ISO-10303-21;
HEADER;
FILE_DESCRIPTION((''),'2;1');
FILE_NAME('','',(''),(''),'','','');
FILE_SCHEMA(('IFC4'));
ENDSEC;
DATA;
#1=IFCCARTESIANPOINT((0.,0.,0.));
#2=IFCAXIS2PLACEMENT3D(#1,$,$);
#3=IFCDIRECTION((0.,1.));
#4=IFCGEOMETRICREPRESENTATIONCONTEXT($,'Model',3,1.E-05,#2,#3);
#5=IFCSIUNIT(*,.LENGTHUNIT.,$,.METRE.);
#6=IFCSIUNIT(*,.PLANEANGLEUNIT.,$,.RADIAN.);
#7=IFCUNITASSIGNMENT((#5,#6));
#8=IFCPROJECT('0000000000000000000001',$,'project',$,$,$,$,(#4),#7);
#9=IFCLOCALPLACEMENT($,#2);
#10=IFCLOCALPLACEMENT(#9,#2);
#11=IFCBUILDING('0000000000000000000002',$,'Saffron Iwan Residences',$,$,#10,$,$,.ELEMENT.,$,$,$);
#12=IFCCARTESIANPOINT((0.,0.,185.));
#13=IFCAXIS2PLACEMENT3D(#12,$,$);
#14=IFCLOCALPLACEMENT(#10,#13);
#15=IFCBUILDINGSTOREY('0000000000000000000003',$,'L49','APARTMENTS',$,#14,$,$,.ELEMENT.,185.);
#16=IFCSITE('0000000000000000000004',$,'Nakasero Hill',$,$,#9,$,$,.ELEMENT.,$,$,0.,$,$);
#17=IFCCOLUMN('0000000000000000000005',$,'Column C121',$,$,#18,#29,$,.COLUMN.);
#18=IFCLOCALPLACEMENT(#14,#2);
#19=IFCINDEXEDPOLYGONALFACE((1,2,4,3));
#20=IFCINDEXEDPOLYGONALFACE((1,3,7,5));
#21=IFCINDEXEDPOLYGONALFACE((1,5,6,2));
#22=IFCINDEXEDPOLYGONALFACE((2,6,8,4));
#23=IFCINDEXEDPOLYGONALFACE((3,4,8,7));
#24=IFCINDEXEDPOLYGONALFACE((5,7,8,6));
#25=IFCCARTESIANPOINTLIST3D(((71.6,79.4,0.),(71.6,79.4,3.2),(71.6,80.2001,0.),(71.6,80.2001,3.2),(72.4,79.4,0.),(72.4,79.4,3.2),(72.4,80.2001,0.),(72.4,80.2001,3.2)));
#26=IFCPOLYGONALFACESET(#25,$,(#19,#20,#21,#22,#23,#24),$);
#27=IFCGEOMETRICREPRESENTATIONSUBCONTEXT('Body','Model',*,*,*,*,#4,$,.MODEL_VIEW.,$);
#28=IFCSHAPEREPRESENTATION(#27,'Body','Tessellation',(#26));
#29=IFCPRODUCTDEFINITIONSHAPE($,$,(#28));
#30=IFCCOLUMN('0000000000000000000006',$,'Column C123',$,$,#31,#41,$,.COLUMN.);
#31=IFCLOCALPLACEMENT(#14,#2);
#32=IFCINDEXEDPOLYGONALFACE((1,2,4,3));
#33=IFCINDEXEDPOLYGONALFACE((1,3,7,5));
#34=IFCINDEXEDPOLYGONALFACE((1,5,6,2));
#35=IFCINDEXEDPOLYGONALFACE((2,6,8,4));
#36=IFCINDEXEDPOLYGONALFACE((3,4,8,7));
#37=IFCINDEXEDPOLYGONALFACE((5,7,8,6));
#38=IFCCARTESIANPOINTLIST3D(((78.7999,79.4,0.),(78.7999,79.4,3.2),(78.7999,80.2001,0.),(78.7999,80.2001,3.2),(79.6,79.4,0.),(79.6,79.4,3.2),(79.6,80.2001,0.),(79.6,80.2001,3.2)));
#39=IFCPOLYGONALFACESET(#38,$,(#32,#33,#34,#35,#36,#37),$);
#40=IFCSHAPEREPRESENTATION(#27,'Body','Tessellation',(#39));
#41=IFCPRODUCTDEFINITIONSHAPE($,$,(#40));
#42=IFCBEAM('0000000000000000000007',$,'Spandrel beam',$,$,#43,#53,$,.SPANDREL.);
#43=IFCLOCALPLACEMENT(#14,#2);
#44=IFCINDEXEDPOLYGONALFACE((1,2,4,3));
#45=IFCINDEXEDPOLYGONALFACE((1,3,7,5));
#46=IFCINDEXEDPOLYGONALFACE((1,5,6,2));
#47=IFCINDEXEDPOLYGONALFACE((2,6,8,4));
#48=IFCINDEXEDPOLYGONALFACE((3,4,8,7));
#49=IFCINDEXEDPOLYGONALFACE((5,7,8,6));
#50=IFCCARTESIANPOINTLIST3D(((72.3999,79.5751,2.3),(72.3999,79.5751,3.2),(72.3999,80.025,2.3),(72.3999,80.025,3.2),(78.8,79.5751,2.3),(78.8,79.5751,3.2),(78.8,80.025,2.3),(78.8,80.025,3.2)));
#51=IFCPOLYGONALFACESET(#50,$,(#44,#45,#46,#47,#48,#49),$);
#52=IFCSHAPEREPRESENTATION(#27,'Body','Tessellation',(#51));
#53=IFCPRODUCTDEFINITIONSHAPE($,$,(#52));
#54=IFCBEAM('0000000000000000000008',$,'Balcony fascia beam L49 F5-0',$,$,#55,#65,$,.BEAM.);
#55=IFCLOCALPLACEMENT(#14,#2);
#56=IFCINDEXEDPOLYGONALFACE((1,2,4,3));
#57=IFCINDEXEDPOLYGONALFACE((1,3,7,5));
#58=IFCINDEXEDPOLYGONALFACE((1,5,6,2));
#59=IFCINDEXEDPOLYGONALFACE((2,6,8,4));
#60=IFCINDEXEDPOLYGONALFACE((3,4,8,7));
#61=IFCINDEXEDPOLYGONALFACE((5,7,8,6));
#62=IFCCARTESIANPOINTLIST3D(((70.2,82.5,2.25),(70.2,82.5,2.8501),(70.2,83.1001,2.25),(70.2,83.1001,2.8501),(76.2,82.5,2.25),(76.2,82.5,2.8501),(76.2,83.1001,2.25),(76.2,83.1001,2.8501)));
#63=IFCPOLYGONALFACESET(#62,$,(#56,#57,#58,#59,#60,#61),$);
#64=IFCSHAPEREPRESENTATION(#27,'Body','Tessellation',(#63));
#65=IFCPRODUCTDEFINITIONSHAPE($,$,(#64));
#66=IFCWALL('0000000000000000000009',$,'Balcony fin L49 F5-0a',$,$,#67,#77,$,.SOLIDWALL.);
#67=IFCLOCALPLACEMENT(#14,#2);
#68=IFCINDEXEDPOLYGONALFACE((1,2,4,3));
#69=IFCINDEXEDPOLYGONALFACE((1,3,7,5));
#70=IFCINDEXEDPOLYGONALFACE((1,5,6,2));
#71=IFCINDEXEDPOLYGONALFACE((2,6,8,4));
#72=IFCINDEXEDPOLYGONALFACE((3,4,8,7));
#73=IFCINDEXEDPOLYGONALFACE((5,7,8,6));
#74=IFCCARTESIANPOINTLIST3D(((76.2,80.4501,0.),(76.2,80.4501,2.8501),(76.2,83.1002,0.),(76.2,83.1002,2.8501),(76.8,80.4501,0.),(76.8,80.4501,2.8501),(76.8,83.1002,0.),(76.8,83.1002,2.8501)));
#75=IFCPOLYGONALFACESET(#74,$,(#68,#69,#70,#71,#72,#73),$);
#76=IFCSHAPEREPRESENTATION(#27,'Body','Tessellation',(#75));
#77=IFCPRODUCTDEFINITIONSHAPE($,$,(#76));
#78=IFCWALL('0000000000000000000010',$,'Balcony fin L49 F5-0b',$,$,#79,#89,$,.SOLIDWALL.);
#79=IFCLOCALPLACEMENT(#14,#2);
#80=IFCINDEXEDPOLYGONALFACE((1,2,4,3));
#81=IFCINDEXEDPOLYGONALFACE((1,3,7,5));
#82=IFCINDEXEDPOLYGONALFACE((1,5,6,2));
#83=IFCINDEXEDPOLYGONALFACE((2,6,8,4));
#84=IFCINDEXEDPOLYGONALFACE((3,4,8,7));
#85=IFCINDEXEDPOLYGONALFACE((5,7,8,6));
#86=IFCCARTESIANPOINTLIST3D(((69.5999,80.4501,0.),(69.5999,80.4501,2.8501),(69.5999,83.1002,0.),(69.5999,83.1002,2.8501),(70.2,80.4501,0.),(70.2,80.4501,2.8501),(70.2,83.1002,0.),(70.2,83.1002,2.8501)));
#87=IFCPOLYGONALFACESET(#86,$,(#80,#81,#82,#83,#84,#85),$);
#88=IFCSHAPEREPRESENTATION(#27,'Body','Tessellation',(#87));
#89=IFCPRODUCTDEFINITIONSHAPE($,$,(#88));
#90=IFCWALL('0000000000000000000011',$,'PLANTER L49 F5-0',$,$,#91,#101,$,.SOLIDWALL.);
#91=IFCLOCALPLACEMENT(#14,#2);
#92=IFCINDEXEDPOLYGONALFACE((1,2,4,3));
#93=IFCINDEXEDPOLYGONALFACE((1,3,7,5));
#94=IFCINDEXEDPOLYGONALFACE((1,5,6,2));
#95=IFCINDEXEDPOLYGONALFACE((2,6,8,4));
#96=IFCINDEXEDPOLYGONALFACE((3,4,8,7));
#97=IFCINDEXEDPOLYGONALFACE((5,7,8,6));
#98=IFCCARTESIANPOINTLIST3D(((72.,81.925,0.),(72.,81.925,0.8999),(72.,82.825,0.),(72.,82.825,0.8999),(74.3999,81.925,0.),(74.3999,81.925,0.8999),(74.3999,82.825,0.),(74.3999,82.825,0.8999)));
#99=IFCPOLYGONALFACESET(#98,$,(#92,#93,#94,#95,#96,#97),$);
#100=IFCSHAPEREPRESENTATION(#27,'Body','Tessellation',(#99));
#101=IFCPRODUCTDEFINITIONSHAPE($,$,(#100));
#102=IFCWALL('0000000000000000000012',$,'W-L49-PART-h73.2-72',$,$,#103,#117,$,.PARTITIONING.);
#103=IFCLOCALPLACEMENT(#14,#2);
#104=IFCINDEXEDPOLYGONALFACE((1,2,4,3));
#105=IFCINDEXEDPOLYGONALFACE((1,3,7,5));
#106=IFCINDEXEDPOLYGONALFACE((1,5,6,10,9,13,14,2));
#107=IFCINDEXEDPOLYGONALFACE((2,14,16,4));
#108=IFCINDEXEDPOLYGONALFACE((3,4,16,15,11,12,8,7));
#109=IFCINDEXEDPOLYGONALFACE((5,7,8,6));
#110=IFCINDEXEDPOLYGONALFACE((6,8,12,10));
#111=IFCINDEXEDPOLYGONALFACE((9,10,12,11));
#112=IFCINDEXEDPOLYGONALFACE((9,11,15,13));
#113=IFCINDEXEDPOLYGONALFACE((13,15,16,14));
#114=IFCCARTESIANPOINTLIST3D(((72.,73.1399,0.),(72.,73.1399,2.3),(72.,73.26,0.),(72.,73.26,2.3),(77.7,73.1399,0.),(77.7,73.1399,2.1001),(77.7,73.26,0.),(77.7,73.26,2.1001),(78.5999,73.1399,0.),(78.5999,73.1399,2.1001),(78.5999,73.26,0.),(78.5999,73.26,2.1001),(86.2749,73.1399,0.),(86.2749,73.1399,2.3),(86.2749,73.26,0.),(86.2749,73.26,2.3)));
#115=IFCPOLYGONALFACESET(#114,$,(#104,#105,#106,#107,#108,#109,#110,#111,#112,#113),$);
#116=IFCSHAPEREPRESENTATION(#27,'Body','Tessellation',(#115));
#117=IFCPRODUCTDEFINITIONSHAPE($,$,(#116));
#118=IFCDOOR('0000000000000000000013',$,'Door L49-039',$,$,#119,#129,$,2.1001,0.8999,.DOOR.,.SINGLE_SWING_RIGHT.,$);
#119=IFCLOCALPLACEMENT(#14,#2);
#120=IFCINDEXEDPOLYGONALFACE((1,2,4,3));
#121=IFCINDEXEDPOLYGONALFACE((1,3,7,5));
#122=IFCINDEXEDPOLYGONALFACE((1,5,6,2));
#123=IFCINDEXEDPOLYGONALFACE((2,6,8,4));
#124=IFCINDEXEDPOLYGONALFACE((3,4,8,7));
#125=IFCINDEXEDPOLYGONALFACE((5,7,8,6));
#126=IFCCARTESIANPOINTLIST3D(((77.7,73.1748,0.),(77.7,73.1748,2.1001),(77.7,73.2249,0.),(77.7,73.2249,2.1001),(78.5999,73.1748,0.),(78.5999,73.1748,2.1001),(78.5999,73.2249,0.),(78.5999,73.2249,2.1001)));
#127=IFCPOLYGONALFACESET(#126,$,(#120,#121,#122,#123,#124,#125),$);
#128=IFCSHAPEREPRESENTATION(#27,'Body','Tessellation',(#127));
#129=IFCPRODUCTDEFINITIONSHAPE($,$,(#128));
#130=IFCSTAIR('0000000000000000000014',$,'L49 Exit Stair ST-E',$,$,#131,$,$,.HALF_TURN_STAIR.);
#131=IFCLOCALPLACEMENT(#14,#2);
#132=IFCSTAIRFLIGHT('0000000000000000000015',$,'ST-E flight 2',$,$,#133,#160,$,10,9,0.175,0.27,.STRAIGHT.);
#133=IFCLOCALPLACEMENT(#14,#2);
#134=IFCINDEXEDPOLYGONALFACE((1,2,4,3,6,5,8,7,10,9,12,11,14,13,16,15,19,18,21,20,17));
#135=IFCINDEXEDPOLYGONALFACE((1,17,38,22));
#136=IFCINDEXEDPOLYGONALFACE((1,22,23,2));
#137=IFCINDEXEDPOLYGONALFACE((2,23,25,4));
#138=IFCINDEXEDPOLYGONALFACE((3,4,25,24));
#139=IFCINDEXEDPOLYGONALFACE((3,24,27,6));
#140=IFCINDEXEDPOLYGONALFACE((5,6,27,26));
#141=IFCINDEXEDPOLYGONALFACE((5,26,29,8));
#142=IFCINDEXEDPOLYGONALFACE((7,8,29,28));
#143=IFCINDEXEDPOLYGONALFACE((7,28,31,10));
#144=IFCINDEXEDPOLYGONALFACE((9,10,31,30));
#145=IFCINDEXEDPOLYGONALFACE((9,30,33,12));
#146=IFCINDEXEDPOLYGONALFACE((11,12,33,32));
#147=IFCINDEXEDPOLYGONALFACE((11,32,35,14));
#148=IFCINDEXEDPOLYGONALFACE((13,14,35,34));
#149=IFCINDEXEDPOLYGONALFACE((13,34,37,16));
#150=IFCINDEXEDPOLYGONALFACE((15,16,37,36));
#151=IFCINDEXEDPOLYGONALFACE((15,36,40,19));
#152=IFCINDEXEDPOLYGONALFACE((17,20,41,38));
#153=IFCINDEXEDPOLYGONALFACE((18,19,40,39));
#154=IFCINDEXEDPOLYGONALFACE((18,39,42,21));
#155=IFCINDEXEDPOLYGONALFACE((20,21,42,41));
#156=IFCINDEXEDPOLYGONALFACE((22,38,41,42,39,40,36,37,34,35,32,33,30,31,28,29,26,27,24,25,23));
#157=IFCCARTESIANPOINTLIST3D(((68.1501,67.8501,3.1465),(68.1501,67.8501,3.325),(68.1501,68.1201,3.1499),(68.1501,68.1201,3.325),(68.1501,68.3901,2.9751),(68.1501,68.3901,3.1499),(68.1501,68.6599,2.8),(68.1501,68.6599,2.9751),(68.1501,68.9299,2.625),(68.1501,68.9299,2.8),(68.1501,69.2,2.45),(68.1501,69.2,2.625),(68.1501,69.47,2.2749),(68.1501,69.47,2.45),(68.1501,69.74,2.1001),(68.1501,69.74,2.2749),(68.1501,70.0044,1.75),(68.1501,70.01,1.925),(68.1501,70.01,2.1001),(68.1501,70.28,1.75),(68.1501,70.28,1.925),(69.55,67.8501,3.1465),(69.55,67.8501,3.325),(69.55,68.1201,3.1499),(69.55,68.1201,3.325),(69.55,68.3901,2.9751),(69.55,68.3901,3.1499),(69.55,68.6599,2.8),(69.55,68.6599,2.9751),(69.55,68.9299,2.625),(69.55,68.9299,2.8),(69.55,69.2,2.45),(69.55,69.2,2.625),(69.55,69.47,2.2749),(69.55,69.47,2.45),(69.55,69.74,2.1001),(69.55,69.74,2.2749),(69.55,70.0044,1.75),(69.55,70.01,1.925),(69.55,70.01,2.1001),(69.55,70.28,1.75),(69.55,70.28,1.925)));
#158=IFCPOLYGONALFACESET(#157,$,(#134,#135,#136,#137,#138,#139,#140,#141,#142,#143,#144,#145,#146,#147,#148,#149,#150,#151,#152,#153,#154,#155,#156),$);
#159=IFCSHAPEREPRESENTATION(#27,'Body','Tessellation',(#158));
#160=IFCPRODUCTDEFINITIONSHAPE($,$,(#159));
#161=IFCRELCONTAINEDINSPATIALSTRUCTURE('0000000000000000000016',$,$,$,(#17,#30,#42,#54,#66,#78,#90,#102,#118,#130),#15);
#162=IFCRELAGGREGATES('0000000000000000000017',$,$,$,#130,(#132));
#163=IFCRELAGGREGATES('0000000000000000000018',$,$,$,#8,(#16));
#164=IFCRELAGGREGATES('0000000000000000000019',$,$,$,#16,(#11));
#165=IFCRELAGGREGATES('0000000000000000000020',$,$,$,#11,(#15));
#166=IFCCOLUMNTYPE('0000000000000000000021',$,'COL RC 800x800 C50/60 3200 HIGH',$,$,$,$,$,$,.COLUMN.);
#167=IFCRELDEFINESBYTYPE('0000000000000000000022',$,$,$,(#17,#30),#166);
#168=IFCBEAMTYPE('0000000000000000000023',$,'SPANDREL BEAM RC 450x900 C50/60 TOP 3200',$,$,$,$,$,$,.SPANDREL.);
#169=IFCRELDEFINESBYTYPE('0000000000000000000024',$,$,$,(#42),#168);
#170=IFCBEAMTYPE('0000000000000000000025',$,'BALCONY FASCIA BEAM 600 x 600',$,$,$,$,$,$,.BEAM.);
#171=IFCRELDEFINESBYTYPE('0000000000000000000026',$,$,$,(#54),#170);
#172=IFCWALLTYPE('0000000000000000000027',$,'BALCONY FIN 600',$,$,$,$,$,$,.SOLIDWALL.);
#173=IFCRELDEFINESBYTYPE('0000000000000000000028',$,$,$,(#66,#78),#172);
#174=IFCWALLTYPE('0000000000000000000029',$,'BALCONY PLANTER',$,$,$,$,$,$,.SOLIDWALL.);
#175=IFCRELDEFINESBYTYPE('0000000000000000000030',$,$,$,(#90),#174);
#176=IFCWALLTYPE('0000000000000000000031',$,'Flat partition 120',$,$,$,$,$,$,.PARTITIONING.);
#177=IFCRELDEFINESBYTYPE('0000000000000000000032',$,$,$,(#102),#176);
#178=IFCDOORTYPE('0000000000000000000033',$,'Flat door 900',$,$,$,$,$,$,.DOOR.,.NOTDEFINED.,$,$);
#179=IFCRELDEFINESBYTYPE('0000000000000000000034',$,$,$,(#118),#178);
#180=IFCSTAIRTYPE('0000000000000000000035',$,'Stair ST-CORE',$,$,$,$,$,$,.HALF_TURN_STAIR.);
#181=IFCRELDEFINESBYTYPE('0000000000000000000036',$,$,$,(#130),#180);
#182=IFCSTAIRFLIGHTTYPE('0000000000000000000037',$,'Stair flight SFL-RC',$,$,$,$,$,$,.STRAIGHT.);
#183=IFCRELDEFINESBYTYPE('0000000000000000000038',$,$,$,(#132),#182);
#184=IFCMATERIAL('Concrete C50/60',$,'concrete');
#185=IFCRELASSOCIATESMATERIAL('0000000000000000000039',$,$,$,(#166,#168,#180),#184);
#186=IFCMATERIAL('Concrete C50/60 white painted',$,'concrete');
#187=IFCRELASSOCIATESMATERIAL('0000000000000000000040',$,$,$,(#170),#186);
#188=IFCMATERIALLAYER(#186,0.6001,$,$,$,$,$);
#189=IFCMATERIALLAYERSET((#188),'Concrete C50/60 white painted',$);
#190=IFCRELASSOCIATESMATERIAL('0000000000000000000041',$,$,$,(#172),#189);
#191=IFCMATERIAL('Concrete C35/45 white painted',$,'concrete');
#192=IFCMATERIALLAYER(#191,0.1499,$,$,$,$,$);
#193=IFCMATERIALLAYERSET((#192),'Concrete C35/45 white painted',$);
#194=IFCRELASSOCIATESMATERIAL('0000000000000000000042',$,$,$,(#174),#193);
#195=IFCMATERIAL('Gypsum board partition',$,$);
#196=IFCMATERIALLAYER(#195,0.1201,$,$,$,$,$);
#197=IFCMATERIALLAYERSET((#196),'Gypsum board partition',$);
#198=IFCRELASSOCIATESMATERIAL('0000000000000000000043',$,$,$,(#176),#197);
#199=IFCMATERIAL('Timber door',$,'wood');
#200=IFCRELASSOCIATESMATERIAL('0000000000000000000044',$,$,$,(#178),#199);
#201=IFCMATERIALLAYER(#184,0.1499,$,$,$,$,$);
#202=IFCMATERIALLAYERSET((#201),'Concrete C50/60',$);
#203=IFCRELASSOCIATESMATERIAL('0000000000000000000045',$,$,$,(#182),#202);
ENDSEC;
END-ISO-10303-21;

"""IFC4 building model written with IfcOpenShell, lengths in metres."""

from ifc_helpers import new_model, si_unit, direction, frame, frame_2d, origin, origin_2d, place, context, subcontext, project, spatial, polyline, rectangle, outline, extrude, source, transform, mapped, material, layer, layer_set, material_profile, profile_set, type_object, element, fill, aggregate, save


model = new_model("IFC4")

# Units and contexts
model_context = context("Model", 3, precision=1e-05, world=origin(), true_north=direction((0.0, 1.0)))
body_context = subcontext(model_context, "Body", "Model", "MODEL_VIEW")
ifc_project = project(units=[si_unit("LENGTHUNIT", "METRE"), si_unit("PLANEANGLEUNIT", "RADIAN")], contexts=[model_context])

# Site, building, storey
site_placement = place(None, origin())
site = spatial("IfcSite", under=ifc_project, at=site_placement, Name="Nakasero Hill", CompositionType="ELEMENT", RefElevation=0.0)
building_placement = place(site_placement, origin())
building = spatial("IfcBuilding", under=site, at=building_placement, Name="Saffron Iwan Residences", CompositionType="ELEMENT")
storey_placement = place(building_placement, frame((0.0, 0.0, 185.0)))
storey = spatial("IfcBuildingStorey", under=building, at=storey_placement, Name="L49", Description="APARTMENTS", CompositionType="ELEMENT", Elevation=185.0)

# Columns
ifc_material_1 = material(Name="Concrete C50/60", Category="concrete")
ifc_material_profile_1 = material_profile(ifc_material_1, rectangle(XDim=0.8, YDim=0.8, at=origin_2d()), Name="RC 800x800")
ifc_profile_set_1 = profile_set([ifc_material_profile_1], Name="Concrete C50/60")
column_type = type_object("IfcColumnType", Name="COL RC 800x800 C50/60 3200 HIGH", PredefinedType="COLUMN", material=ifc_profile_set_1)
shared_shape_1 = source(origin(), body_context, "Body", "SweptSolid", [
    extrude(rectangle(XDim=0.8, YDim=0.8, at=origin_2d()), origin(), (0.0, 0.0, 1.0), 3.2),
])
for number, where, z_axis, x_axis, name in (
    (1, (72.0, 79.8, 0.0), (0.0, 0.0, 1.0), (1.0, 0.0, 0.0), "Column C121"),
    (2, (79.2, 79.8, 0.0), (0.0, 0.0, 1.0), (1.0, 0.0, 0.0), "Column C123"),
):
    element("IfcColumn", number, at=place(storey_placement, frame(where, z_axis=z_axis, x_axis=x_axis)), inside=storey, type_object=column_type, Name=name, PredefinedType="COLUMN", context=body_context, shape_type="MappedRepresentation", body=[
        mapped(shared_shape_1, transform((0.0, 0.0, 0.0))),
    ])

# Beams
ifc_material_profile_2 = material_profile(ifc_material_1, rectangle(XDim=0.45, YDim=0.8999, at=origin_2d()), Name="RC 450x900")
ifc_profile_set_2 = profile_set([ifc_material_profile_2], Name="Concrete C50/60")
beam_type_1 = type_object("IfcBeamType", Name="SPANDREL BEAM RC 450x900 C50/60 TOP 3200", PredefinedType="SPANDREL", material=ifc_profile_set_2)
shared_shape_2 = source(origin(), body_context, "Body", "SweptSolid", [
    extrude(rectangle(XDim=0.45, YDim=0.8999, at=origin_2d()), origin(), (0.0, 0.0, 1.0), 6.4001),
])
beam_1_placement = place(storey_placement, frame((72.3999, 79.8, 2.75), z_axis=(1.0, 0.0, 0.0), x_axis=(0.0, 1.0, 0.0)))
element("IfcBeam", 3, at=beam_1_placement, inside=storey, type_object=beam_type_1, Name="Spandrel beam", PredefinedType="SPANDREL", context=body_context, shape_type="MappedRepresentation", body=[
    mapped(shared_shape_2, transform((0.0, 0.0, 0.0))),
])
ifc_material_2 = material(Name="Concrete C50/60 white painted", Category="concrete")
ifc_material_profile_3 = material_profile(ifc_material_2, rectangle(XDim=0.6001, YDim=0.6001, at=origin_2d()), Name="BALCONY FASCIA BEAM 600 x 600")
ifc_profile_set_3 = profile_set([ifc_material_profile_3], Name="Concrete C50/60 white painted")
beam_type_2 = type_object("IfcBeamType", Name="BALCONY FASCIA BEAM 600 x 600", PredefinedType="BEAM", material=ifc_profile_set_3)
shared_shape_3 = source(origin(), body_context, "Body", "SweptSolid", [
    extrude(rectangle(XDim=0.6001, YDim=0.6001, at=origin_2d()), origin(), (0.0, 0.0, 1.0), 6.0),
])
beam_2_placement = place(storey_placement, frame((76.2, 82.8, 2.55), z_axis=(-1.0, 0.0, 0.0), x_axis=(0.0, -1.0, 0.0)))
element("IfcBeam", 4, at=beam_2_placement, inside=storey, type_object=beam_type_2, Name="Balcony fascia beam L49 F5-0", PredefinedType="BEAM", context=body_context, shape_type="MappedRepresentation", body=[
    mapped(shared_shape_3, transform((0.0, 0.0, 0.0))),
])

# Walls
ifc_layer_1 = layer(ifc_material_2, 0.6001)
ifc_layer_set_1 = layer_set([ifc_layer_1], Name="Concrete C50/60 white painted")
wall_type_1 = type_object("IfcWallType", Name="BALCONY FIN 600", PredefinedType="SOLIDWALL", material=ifc_layer_set_1)
for number, where, z_axis, x_axis, name in (
    (5, (76.5, 80.45, 0.0), (0.0, 0.0, 1.0), (0.0, 1.0, 0.0), "Balcony fin L49 F5-0a"),
    (6, (69.8999, 80.45, 0.0), (0.0, 0.0, 1.0), (0.0, 1.0, 0.0), "Balcony fin L49 F5-0b"),
):
    element("IfcWall", number, at=place(storey_placement, frame(where, z_axis=z_axis, x_axis=x_axis)), inside=storey, type_object=wall_type_1, Name=name, PredefinedType="SOLIDWALL", context=body_context, shape_type="SweptSolid", body=[
        extrude(rectangle(XDim=2.6501, YDim=0.6001, at=frame_2d((1.3252, 0.0))), origin(), (0.0, 0.0, 1.0), 2.8501),
    ])
ifc_material_3 = material(Name="Concrete C35/45 white painted", Category="concrete")
ifc_layer_2 = layer(ifc_material_3, 0.1499)
ifc_layer_set_2 = layer_set([ifc_layer_2], Name="Concrete C35/45 white painted")
wall_type_2 = type_object("IfcWallType", Name="BALCONY PLANTER", PredefinedType="SOLIDWALL", material=ifc_layer_set_2)
wall_1_placement = place(storey_placement, frame((74.3999, 82.375, 0.0), z_axis=(0.0, 0.0, 1.0), x_axis=(-1.0, 0.0, 0.0)))
element("IfcWall", 7, at=wall_1_placement, inside=storey, type_object=wall_type_2, Name="PLANTER L49 F5-0", PredefinedType="SOLIDWALL", context=body_context, shape_type="SweptSolid", body=[
    extrude(rectangle(XDim=2.3999, YDim=0.8999, at=frame_2d((1.2, 0.0))), origin(), (0.0, 0.0, 1.0), 0.8999),
])

# Wall, opening, door
ifc_material_4 = material(Name="Gypsum board partition")
ifc_layer_3 = layer(ifc_material_4, 0.1201)
ifc_layer_set_3 = layer_set([ifc_layer_3], Name="Gypsum board partition")
wall_type_3 = type_object("IfcWallType", Name="Flat partition 120", PredefinedType="PARTITIONING", material=ifc_layer_set_3)
wall_2_placement = place(storey_placement, frame((72.0, 73.2, 0.0), z_axis=(0.0, 0.0, 1.0), x_axis=(1.0, 0.0, 0.0)))
wall_2 = element("IfcWall", 8, at=wall_2_placement, inside=storey, type_object=wall_type_3, Name="W-L49-PART-h73.2-72", PredefinedType="PARTITIONING", context=body_context, shape_type="SweptSolid", body=[
    extrude(rectangle(XDim=14.2749, YDim=0.1201, at=frame_2d((7.1375, 0.0))), origin(), (0.0, 0.0, 1.0), 2.3),
])
opening_placement = place(wall_2_placement, frame((5.7, 0.0, 0.0)))
opening = element("IfcOpeningElement", 9, at=opening_placement, cuts=wall_2, PredefinedType="OPENING", context=body_context, shape_type="SweptSolid", body=[
    extrude(rectangle(XDim=0.8999, YDim=2.1001, at=frame_2d((0.45, 1.05))), frame((0.0, 0.0701, 0.0), z_axis=(0.0, -1.0, 0.0), x_axis=(1.0, 0.0, 0.0)), (0.0, 0.0, 1.0), 0.1401),
])
ifc_material_5 = material(Name="Timber door", Category="wood")
door_type = type_object("IfcDoorType", Name="Flat door 900", OperationType="NOTDEFINED", PredefinedType="DOOR", material=ifc_material_5)
door_placement = place(opening_placement, origin())
door = element("IfcDoor", 10, at=door_placement, inside=storey, type_object=door_type, Name="Door L49-039", OperationType="SINGLE_SWING_RIGHT", OverallHeight=2.1001, OverallWidth=0.8999, PredefinedType="DOOR", context=body_context, shape_type="SweptSolid", body=[
    extrude(rectangle(XDim=0.8999, YDim=2.1001, at=frame_2d((0.45, 1.05))), frame((0.0, 0.0249, 0.0), z_axis=(0.0, -1.0, 0.0), x_axis=(1.0, 0.0, 0.0)), (0.0, 0.0, 1.0), 0.05),
])
fill(opening, door)

# Stair, stair flight
stair_type = type_object("IfcStairType", Name="Stair ST-CORE", PredefinedType="HALF_TURN_STAIR", material=ifc_material_1)
stair_placement = place(storey_placement, origin())
stair = element("IfcStair", 11, at=stair_placement, inside=storey, type_object=stair_type, Name="L49 Exit Stair ST-E", PredefinedType="HALF_TURN_STAIR")
ifc_layer_4 = layer(ifc_material_1, 0.1499)
ifc_layer_set_4 = layer_set([ifc_layer_4], Name="Concrete C50/60")
stair_flight_type = type_object("IfcStairFlightType", Name="Stair flight SFL-RC", PredefinedType="STRAIGHT", material=ifc_layer_set_4)
stair_flight_placement = place(storey_placement, frame((68.8501, 70.28, 1.75), z_axis=(0.0, 0.0, 1.0), x_axis=(0.0, -1.0, 0.0)))
stair_flight = element("IfcStairFlight", 12, at=stair_flight_placement, type_object=stair_flight_type, Name="ST-E flight 2", NumberOfRisers=10, NumberOfTreads=9, PredefinedType="STRAIGHT", RiserHeight=0.175, TreadLength=0.27, context=body_context, shape_type="SweptSolid", body=[
    extrude(outline(polyline([(0.0, 0.0), (0.0, 0.175), (0.27, 0.175), (0.27, 0.3501), (0.54, 0.3501), (0.54, 0.5249), (0.8101, 0.5249), (0.8101, 0.7), (1.0801, 0.7), (1.0801, 0.875), (1.3501, 0.875), (1.3501, 1.05), (1.6201, 1.05), (1.6201, 1.2251), (1.8899, 1.2251), (1.8899, 1.3999), (2.1599, 1.3999), (2.1599, 1.575), (2.4299, 1.575), (2.4299, 1.75), (2.4299, 1.3965), (0.2756, 0.0), (0.0, 0.0)])), frame((0.0, 0.7, 0.0), z_axis=(0.0, -1.0, 0.0), x_axis=(1.0, 0.0, 0.0)), (0.0, 0.0, 1.0), 1.3999),
])
aggregate(stair, [stair_flight])

save(model, "model.ifc")
